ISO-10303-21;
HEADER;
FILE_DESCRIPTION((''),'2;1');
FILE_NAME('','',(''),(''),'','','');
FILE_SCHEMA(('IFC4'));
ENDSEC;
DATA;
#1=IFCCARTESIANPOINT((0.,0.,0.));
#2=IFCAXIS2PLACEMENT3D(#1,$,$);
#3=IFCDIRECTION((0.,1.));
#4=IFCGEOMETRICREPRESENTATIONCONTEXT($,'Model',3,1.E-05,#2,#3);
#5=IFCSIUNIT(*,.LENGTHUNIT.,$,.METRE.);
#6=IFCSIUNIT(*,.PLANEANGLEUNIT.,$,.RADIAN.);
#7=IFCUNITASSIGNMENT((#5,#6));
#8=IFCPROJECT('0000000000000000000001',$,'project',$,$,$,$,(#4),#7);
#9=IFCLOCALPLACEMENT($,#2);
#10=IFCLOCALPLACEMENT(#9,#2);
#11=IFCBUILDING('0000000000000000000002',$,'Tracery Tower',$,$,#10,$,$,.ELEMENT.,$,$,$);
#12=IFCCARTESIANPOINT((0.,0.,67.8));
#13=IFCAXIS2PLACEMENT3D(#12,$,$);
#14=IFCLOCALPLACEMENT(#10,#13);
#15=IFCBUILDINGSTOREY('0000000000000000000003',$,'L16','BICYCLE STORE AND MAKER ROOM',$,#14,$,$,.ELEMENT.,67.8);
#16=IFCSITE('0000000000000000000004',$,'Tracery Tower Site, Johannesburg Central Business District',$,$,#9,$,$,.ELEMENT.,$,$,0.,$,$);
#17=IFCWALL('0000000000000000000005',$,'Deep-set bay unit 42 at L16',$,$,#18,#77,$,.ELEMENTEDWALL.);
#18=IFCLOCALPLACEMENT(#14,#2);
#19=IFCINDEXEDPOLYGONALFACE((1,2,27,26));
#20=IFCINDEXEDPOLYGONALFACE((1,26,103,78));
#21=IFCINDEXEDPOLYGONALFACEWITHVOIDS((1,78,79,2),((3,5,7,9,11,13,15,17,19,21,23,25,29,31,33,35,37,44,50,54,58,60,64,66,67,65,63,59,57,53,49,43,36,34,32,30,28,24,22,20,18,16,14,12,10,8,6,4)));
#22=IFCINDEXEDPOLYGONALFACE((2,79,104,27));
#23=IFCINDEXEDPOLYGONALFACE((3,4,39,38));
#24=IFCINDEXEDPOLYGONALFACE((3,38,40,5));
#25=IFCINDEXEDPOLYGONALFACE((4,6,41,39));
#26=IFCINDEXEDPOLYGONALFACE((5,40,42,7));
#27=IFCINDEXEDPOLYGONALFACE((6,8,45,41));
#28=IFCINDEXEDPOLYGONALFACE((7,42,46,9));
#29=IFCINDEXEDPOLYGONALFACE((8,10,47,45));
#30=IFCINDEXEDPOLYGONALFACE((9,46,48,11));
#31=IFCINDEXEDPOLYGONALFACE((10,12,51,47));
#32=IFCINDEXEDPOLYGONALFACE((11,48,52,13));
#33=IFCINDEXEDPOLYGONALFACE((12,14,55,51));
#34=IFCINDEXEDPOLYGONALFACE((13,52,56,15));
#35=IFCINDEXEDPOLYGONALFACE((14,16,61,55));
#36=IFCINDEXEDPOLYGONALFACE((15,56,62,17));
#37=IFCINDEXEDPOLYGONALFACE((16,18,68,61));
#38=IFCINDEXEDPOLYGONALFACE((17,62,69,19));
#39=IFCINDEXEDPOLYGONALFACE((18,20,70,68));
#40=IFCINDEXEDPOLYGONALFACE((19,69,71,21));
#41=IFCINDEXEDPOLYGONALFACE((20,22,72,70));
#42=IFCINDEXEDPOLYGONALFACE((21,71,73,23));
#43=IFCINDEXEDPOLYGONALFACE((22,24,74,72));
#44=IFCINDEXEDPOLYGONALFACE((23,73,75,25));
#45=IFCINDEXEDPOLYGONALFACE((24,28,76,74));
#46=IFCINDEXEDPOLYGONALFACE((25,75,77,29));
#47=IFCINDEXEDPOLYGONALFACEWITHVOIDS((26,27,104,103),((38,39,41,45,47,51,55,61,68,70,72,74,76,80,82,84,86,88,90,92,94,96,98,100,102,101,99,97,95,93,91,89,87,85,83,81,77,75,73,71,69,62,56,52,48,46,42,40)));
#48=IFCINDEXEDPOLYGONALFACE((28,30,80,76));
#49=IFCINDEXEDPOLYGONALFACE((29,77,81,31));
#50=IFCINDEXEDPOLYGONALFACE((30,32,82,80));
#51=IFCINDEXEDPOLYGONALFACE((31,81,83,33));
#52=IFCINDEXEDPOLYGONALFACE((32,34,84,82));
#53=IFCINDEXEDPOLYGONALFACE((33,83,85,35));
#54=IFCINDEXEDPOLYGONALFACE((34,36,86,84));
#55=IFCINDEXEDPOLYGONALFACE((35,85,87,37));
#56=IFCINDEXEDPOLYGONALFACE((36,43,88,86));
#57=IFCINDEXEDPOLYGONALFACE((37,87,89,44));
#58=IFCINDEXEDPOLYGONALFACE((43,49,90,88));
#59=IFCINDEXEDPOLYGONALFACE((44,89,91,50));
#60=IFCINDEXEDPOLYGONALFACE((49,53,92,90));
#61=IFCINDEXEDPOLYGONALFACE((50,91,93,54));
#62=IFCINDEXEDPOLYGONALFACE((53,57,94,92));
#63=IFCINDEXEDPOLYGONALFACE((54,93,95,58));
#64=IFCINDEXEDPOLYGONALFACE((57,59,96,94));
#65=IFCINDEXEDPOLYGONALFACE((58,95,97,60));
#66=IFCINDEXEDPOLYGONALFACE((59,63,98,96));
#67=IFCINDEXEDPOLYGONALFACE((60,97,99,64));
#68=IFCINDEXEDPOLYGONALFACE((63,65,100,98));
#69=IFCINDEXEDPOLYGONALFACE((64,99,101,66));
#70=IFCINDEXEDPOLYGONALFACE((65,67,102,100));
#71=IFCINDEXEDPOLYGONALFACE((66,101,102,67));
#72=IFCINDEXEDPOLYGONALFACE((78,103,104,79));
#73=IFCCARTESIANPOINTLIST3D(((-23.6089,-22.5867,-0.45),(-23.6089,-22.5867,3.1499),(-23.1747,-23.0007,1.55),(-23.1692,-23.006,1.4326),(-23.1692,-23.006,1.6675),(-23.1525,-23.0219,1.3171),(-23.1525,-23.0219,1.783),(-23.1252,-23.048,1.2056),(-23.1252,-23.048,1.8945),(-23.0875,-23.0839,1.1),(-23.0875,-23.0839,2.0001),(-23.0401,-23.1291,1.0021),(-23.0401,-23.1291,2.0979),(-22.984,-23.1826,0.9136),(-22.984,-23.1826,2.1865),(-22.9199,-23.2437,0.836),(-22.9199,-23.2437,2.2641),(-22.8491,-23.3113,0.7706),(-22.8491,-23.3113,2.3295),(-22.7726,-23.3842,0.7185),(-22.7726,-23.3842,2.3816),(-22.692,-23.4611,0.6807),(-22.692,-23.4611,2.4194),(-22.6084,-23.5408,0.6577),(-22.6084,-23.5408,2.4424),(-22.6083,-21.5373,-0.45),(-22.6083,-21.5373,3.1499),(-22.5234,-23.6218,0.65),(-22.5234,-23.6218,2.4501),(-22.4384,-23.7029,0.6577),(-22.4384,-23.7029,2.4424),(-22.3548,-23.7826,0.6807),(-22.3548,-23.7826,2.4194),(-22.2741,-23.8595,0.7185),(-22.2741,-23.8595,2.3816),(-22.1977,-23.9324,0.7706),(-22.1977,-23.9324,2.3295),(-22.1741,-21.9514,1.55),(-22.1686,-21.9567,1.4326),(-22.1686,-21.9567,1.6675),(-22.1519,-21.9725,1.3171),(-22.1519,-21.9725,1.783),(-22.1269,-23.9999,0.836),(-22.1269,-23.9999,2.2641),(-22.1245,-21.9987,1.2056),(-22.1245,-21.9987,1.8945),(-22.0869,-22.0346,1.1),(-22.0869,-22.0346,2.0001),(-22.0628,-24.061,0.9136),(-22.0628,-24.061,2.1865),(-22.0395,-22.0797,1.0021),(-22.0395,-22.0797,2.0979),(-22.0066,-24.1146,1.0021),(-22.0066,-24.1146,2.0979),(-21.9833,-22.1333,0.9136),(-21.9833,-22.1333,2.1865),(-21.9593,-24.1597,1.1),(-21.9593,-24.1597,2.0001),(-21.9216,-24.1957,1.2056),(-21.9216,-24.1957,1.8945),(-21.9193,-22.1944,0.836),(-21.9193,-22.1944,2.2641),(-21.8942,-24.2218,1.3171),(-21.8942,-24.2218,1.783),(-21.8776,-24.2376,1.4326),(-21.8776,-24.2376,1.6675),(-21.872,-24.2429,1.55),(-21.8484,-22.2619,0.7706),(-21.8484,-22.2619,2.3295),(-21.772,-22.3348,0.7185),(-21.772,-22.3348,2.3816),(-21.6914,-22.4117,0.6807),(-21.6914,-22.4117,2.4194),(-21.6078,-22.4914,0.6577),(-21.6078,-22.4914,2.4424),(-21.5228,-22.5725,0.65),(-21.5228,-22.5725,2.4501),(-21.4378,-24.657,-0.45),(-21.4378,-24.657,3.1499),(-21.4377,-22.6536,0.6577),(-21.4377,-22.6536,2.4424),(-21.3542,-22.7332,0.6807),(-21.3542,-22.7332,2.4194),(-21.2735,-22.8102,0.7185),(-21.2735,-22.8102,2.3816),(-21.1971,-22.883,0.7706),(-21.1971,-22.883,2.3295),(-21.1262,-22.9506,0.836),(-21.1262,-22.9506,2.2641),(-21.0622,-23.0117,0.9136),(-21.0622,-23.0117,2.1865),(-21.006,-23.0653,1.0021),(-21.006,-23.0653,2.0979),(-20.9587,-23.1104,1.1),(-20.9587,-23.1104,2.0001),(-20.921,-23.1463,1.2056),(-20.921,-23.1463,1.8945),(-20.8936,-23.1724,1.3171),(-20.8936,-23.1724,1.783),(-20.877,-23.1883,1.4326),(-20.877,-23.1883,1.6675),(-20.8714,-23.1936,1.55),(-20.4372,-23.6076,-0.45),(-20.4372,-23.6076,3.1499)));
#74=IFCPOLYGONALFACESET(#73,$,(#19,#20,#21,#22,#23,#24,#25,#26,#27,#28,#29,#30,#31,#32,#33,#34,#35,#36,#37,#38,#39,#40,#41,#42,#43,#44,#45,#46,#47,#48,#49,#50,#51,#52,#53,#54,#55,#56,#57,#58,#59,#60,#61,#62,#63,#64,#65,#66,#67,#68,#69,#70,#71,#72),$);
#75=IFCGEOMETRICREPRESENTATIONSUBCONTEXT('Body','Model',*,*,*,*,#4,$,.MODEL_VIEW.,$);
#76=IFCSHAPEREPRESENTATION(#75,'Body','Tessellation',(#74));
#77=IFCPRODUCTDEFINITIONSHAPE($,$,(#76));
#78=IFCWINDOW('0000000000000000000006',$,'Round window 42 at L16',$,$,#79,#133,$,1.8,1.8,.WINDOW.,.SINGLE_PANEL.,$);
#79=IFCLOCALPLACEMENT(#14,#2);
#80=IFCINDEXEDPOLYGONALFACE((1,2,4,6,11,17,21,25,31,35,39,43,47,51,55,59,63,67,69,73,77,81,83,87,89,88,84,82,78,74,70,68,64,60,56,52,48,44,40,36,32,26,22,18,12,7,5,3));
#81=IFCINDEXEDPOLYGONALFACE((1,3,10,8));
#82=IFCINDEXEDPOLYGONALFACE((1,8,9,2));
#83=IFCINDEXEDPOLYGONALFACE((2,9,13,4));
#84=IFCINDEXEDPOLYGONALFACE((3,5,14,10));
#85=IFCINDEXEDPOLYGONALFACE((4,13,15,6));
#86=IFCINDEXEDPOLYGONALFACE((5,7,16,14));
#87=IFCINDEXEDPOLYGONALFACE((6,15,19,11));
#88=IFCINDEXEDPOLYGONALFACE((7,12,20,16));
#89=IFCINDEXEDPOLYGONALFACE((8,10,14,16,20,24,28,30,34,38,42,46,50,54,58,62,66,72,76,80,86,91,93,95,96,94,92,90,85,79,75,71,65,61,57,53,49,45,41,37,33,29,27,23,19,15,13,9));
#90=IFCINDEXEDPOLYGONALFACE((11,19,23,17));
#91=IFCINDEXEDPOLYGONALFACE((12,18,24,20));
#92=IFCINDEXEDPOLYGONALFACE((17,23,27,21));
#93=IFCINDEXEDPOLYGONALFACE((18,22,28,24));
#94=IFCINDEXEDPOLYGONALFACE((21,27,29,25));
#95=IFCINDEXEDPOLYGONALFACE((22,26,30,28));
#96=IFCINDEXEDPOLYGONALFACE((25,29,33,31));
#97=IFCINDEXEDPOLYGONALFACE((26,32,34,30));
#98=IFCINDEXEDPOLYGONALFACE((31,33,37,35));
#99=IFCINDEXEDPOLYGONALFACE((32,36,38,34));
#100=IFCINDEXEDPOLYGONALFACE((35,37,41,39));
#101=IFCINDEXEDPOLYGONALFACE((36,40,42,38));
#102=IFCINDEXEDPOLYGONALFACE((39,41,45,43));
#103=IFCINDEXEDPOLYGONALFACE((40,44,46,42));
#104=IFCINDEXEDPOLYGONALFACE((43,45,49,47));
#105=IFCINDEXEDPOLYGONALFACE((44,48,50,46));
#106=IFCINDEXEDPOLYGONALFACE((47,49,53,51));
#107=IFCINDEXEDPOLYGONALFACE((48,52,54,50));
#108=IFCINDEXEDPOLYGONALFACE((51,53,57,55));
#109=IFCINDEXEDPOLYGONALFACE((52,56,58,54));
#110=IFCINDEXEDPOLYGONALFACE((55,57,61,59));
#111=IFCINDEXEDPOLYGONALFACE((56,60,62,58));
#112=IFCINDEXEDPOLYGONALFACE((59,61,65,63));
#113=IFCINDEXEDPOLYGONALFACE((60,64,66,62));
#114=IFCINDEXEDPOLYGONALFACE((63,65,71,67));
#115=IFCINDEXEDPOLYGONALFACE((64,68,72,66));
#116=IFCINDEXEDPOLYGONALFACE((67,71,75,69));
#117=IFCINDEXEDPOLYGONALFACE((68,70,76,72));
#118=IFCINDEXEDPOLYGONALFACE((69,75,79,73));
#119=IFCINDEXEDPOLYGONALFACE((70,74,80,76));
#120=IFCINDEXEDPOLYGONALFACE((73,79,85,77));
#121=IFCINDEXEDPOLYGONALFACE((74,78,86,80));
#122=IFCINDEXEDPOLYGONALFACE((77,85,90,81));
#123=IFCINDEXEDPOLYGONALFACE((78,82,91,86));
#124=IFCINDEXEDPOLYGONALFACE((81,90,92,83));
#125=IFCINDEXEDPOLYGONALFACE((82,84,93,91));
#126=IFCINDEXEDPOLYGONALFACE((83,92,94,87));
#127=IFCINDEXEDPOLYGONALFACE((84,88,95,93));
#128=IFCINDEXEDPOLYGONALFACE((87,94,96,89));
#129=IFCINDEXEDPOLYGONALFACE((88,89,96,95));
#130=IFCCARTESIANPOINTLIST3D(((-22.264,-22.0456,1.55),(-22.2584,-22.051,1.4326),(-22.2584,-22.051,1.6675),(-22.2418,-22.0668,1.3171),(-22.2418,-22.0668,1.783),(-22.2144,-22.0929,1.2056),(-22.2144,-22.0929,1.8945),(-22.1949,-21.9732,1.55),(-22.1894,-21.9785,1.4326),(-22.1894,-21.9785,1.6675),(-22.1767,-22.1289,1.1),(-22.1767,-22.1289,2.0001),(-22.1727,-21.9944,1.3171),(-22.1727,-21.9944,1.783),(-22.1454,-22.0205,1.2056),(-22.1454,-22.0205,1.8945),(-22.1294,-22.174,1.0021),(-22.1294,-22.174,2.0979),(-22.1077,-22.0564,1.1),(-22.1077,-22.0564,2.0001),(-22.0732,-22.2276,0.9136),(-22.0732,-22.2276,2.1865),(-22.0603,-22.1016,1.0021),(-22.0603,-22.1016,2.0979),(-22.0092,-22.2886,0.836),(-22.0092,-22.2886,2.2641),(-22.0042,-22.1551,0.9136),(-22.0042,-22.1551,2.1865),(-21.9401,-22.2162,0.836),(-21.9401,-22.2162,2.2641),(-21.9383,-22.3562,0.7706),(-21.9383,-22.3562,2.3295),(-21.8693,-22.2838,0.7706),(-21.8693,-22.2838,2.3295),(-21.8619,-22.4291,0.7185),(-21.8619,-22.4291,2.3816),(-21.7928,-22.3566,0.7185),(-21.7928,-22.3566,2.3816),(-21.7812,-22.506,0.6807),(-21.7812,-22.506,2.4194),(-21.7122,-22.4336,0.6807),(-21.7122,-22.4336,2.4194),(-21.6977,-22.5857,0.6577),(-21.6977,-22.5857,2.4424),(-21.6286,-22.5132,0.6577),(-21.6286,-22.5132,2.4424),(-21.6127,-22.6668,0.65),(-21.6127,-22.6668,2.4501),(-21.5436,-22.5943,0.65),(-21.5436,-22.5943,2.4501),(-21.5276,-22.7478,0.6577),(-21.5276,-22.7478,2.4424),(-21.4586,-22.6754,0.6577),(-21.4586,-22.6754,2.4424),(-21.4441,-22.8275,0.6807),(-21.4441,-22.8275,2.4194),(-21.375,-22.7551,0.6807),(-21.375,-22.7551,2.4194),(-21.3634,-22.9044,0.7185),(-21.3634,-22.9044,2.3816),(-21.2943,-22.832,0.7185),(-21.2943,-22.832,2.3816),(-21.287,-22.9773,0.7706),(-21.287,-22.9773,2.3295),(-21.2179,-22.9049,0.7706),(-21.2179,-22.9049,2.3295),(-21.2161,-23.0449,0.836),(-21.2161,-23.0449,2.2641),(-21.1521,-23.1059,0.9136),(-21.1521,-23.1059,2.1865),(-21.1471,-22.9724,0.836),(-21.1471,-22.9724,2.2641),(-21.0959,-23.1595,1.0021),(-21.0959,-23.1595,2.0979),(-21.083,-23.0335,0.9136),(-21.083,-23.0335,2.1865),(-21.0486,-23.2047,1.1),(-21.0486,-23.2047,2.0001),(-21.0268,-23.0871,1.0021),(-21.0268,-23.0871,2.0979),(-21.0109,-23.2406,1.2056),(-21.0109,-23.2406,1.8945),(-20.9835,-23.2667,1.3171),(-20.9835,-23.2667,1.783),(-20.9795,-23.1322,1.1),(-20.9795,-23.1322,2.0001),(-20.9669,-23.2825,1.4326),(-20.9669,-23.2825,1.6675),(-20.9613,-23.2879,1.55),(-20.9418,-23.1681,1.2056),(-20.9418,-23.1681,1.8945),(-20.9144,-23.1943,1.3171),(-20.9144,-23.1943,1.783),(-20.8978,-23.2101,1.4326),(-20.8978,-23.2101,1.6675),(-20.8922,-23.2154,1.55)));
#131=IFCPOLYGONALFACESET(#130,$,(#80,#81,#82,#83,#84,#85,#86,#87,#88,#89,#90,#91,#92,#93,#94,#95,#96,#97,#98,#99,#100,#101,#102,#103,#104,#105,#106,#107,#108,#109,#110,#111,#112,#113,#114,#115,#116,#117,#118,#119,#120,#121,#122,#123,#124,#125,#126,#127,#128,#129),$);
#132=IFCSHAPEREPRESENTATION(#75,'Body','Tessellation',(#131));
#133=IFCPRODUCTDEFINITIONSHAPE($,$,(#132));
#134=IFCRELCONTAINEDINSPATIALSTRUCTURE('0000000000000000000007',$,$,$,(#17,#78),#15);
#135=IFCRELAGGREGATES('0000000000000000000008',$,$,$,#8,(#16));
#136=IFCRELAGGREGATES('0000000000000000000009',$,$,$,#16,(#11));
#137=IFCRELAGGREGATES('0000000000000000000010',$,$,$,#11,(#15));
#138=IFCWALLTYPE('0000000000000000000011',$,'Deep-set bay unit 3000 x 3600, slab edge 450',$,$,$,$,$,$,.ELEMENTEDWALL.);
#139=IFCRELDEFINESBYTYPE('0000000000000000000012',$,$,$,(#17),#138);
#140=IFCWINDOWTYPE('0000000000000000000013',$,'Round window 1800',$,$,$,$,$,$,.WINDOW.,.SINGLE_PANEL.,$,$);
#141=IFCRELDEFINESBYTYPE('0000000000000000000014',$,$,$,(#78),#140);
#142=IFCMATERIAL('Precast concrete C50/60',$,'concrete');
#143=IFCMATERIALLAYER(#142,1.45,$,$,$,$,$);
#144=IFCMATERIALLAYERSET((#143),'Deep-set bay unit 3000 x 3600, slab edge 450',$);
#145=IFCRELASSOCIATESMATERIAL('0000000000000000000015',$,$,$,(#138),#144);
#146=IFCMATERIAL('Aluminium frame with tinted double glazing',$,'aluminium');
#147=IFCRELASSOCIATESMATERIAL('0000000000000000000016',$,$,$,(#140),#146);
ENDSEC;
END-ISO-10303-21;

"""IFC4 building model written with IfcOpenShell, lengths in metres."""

from ifc_helpers import new_model, si_unit, direction, frame, frame_2d, origin, origin_2d, place, context, subcontext, project, spatial, rectangle, circle, extrude, material, layer, layer_set, type_object, element, fill, save


model = new_model("IFC4")

# Units and contexts
model_context = context("Model", 3, precision=1e-05, world=origin(), true_north=direction((0.0, 1.0)))
body_context = subcontext(model_context, "Body", "Model", "MODEL_VIEW")
ifc_project = project(units=[si_unit("LENGTHUNIT", "METRE"), si_unit("PLANEANGLEUNIT", "RADIAN")], contexts=[model_context])

# Site, building, storey
site_placement = place(None, origin())
site = spatial("IfcSite", under=ifc_project, at=site_placement, Name="Tracery Tower Site, Johannesburg Central Business District", CompositionType="ELEMENT", RefElevation=0.0)
building_placement = place(site_placement, origin())
building = spatial("IfcBuilding", under=site, at=building_placement, Name="Tracery Tower", CompositionType="ELEMENT")
storey_placement = place(building_placement, frame((0.0, 0.0, 67.8)))
storey = spatial("IfcBuildingStorey", under=building, at=storey_placement, Name="L16", Description="BICYCLE STORE AND MAKER ROOM", CompositionType="ELEMENT", Elevation=67.8)

# Wall, opening, window
ifc_material_1 = material(Name="Precast concrete C50/60", Category="concrete")
ifc_layer_1 = layer(ifc_material_1, 1.45)
ifc_layer_set_1 = layer_set([ifc_layer_1], Name="Deep-set bay unit 3000 x 3600, slab edge 450")
wall_type_1 = type_object("IfcWallType", Name="Deep-set bay unit 3000 x 3600, slab edge 450", PredefinedType="ELEMENTEDWALL", material=ifc_layer_set_1)
ifc_material_2 = material(Name="Aluminium frame with tinted double glazing", Category="aluminium")
window_type = type_object("IfcWindowType", Name="Round window 1800", PartitioningType="SINGLE_PANEL", PredefinedType="WINDOW", material=ifc_material_2)
wall_1_placement = place(storey_placement, frame((-23.1086, -22.062, -0.45), z_axis=(0.0, 0.0, 1.0), x_axis=(0.723712, -0.690102, 0.0)))
wall_1 = element("IfcWall", 1, at=wall_1_placement, inside=storey, type_object=wall_type_1, Name="Deep-set bay unit 42 at L16", PredefinedType="ELEMENTEDWALL", context=body_context, shape_type="SweptSolid", body=[
    extrude(rectangle(XDim=3.0, YDim=1.45, at=frame_2d((1.5, 0.0))), origin(), (0.0, 0.0, 1.0), 3.5999),
])
opening_1_placement = place(wall_1_placement, frame((1.5, 0.0, 2.0)))
opening_1 = element("IfcOpeningElement", 2, at=opening_1_placement, cuts=wall_1, PredefinedType="OPENING", context=body_context, shape_type="SweptSolid", body=[
    extrude(circle(Radius=0.9, at=origin_2d()), frame((0.0, 0.7349, 0.0), z_axis=(0.0, -1.0, 0.0), x_axis=(1.0, 0.0, 0.0)), (0.0, 0.0, 1.0), 1.47),
])
window_1_placement = place(opening_1_placement, origin())
window_1 = element("IfcWindow", 3, at=window_1_placement, inside=storey, type_object=window_type, Name="Round window 42 at L16", OverallHeight=1.8, OverallWidth=1.8, PartitioningType="SINGLE_PANEL", PredefinedType="WINDOW", context=body_context, shape_type="SweptSolid", body=[
    extrude(circle(Radius=0.9, at=origin_2d()), frame((0.0, 0.6948, 0.0), z_axis=(0.0, -1.0, 0.0), x_axis=(1.0, 0.0, 0.0)), (0.0, 0.0, 1.0), 0.1001),
])
fill(opening_1, window_1)

save(model, "model.ifc")
